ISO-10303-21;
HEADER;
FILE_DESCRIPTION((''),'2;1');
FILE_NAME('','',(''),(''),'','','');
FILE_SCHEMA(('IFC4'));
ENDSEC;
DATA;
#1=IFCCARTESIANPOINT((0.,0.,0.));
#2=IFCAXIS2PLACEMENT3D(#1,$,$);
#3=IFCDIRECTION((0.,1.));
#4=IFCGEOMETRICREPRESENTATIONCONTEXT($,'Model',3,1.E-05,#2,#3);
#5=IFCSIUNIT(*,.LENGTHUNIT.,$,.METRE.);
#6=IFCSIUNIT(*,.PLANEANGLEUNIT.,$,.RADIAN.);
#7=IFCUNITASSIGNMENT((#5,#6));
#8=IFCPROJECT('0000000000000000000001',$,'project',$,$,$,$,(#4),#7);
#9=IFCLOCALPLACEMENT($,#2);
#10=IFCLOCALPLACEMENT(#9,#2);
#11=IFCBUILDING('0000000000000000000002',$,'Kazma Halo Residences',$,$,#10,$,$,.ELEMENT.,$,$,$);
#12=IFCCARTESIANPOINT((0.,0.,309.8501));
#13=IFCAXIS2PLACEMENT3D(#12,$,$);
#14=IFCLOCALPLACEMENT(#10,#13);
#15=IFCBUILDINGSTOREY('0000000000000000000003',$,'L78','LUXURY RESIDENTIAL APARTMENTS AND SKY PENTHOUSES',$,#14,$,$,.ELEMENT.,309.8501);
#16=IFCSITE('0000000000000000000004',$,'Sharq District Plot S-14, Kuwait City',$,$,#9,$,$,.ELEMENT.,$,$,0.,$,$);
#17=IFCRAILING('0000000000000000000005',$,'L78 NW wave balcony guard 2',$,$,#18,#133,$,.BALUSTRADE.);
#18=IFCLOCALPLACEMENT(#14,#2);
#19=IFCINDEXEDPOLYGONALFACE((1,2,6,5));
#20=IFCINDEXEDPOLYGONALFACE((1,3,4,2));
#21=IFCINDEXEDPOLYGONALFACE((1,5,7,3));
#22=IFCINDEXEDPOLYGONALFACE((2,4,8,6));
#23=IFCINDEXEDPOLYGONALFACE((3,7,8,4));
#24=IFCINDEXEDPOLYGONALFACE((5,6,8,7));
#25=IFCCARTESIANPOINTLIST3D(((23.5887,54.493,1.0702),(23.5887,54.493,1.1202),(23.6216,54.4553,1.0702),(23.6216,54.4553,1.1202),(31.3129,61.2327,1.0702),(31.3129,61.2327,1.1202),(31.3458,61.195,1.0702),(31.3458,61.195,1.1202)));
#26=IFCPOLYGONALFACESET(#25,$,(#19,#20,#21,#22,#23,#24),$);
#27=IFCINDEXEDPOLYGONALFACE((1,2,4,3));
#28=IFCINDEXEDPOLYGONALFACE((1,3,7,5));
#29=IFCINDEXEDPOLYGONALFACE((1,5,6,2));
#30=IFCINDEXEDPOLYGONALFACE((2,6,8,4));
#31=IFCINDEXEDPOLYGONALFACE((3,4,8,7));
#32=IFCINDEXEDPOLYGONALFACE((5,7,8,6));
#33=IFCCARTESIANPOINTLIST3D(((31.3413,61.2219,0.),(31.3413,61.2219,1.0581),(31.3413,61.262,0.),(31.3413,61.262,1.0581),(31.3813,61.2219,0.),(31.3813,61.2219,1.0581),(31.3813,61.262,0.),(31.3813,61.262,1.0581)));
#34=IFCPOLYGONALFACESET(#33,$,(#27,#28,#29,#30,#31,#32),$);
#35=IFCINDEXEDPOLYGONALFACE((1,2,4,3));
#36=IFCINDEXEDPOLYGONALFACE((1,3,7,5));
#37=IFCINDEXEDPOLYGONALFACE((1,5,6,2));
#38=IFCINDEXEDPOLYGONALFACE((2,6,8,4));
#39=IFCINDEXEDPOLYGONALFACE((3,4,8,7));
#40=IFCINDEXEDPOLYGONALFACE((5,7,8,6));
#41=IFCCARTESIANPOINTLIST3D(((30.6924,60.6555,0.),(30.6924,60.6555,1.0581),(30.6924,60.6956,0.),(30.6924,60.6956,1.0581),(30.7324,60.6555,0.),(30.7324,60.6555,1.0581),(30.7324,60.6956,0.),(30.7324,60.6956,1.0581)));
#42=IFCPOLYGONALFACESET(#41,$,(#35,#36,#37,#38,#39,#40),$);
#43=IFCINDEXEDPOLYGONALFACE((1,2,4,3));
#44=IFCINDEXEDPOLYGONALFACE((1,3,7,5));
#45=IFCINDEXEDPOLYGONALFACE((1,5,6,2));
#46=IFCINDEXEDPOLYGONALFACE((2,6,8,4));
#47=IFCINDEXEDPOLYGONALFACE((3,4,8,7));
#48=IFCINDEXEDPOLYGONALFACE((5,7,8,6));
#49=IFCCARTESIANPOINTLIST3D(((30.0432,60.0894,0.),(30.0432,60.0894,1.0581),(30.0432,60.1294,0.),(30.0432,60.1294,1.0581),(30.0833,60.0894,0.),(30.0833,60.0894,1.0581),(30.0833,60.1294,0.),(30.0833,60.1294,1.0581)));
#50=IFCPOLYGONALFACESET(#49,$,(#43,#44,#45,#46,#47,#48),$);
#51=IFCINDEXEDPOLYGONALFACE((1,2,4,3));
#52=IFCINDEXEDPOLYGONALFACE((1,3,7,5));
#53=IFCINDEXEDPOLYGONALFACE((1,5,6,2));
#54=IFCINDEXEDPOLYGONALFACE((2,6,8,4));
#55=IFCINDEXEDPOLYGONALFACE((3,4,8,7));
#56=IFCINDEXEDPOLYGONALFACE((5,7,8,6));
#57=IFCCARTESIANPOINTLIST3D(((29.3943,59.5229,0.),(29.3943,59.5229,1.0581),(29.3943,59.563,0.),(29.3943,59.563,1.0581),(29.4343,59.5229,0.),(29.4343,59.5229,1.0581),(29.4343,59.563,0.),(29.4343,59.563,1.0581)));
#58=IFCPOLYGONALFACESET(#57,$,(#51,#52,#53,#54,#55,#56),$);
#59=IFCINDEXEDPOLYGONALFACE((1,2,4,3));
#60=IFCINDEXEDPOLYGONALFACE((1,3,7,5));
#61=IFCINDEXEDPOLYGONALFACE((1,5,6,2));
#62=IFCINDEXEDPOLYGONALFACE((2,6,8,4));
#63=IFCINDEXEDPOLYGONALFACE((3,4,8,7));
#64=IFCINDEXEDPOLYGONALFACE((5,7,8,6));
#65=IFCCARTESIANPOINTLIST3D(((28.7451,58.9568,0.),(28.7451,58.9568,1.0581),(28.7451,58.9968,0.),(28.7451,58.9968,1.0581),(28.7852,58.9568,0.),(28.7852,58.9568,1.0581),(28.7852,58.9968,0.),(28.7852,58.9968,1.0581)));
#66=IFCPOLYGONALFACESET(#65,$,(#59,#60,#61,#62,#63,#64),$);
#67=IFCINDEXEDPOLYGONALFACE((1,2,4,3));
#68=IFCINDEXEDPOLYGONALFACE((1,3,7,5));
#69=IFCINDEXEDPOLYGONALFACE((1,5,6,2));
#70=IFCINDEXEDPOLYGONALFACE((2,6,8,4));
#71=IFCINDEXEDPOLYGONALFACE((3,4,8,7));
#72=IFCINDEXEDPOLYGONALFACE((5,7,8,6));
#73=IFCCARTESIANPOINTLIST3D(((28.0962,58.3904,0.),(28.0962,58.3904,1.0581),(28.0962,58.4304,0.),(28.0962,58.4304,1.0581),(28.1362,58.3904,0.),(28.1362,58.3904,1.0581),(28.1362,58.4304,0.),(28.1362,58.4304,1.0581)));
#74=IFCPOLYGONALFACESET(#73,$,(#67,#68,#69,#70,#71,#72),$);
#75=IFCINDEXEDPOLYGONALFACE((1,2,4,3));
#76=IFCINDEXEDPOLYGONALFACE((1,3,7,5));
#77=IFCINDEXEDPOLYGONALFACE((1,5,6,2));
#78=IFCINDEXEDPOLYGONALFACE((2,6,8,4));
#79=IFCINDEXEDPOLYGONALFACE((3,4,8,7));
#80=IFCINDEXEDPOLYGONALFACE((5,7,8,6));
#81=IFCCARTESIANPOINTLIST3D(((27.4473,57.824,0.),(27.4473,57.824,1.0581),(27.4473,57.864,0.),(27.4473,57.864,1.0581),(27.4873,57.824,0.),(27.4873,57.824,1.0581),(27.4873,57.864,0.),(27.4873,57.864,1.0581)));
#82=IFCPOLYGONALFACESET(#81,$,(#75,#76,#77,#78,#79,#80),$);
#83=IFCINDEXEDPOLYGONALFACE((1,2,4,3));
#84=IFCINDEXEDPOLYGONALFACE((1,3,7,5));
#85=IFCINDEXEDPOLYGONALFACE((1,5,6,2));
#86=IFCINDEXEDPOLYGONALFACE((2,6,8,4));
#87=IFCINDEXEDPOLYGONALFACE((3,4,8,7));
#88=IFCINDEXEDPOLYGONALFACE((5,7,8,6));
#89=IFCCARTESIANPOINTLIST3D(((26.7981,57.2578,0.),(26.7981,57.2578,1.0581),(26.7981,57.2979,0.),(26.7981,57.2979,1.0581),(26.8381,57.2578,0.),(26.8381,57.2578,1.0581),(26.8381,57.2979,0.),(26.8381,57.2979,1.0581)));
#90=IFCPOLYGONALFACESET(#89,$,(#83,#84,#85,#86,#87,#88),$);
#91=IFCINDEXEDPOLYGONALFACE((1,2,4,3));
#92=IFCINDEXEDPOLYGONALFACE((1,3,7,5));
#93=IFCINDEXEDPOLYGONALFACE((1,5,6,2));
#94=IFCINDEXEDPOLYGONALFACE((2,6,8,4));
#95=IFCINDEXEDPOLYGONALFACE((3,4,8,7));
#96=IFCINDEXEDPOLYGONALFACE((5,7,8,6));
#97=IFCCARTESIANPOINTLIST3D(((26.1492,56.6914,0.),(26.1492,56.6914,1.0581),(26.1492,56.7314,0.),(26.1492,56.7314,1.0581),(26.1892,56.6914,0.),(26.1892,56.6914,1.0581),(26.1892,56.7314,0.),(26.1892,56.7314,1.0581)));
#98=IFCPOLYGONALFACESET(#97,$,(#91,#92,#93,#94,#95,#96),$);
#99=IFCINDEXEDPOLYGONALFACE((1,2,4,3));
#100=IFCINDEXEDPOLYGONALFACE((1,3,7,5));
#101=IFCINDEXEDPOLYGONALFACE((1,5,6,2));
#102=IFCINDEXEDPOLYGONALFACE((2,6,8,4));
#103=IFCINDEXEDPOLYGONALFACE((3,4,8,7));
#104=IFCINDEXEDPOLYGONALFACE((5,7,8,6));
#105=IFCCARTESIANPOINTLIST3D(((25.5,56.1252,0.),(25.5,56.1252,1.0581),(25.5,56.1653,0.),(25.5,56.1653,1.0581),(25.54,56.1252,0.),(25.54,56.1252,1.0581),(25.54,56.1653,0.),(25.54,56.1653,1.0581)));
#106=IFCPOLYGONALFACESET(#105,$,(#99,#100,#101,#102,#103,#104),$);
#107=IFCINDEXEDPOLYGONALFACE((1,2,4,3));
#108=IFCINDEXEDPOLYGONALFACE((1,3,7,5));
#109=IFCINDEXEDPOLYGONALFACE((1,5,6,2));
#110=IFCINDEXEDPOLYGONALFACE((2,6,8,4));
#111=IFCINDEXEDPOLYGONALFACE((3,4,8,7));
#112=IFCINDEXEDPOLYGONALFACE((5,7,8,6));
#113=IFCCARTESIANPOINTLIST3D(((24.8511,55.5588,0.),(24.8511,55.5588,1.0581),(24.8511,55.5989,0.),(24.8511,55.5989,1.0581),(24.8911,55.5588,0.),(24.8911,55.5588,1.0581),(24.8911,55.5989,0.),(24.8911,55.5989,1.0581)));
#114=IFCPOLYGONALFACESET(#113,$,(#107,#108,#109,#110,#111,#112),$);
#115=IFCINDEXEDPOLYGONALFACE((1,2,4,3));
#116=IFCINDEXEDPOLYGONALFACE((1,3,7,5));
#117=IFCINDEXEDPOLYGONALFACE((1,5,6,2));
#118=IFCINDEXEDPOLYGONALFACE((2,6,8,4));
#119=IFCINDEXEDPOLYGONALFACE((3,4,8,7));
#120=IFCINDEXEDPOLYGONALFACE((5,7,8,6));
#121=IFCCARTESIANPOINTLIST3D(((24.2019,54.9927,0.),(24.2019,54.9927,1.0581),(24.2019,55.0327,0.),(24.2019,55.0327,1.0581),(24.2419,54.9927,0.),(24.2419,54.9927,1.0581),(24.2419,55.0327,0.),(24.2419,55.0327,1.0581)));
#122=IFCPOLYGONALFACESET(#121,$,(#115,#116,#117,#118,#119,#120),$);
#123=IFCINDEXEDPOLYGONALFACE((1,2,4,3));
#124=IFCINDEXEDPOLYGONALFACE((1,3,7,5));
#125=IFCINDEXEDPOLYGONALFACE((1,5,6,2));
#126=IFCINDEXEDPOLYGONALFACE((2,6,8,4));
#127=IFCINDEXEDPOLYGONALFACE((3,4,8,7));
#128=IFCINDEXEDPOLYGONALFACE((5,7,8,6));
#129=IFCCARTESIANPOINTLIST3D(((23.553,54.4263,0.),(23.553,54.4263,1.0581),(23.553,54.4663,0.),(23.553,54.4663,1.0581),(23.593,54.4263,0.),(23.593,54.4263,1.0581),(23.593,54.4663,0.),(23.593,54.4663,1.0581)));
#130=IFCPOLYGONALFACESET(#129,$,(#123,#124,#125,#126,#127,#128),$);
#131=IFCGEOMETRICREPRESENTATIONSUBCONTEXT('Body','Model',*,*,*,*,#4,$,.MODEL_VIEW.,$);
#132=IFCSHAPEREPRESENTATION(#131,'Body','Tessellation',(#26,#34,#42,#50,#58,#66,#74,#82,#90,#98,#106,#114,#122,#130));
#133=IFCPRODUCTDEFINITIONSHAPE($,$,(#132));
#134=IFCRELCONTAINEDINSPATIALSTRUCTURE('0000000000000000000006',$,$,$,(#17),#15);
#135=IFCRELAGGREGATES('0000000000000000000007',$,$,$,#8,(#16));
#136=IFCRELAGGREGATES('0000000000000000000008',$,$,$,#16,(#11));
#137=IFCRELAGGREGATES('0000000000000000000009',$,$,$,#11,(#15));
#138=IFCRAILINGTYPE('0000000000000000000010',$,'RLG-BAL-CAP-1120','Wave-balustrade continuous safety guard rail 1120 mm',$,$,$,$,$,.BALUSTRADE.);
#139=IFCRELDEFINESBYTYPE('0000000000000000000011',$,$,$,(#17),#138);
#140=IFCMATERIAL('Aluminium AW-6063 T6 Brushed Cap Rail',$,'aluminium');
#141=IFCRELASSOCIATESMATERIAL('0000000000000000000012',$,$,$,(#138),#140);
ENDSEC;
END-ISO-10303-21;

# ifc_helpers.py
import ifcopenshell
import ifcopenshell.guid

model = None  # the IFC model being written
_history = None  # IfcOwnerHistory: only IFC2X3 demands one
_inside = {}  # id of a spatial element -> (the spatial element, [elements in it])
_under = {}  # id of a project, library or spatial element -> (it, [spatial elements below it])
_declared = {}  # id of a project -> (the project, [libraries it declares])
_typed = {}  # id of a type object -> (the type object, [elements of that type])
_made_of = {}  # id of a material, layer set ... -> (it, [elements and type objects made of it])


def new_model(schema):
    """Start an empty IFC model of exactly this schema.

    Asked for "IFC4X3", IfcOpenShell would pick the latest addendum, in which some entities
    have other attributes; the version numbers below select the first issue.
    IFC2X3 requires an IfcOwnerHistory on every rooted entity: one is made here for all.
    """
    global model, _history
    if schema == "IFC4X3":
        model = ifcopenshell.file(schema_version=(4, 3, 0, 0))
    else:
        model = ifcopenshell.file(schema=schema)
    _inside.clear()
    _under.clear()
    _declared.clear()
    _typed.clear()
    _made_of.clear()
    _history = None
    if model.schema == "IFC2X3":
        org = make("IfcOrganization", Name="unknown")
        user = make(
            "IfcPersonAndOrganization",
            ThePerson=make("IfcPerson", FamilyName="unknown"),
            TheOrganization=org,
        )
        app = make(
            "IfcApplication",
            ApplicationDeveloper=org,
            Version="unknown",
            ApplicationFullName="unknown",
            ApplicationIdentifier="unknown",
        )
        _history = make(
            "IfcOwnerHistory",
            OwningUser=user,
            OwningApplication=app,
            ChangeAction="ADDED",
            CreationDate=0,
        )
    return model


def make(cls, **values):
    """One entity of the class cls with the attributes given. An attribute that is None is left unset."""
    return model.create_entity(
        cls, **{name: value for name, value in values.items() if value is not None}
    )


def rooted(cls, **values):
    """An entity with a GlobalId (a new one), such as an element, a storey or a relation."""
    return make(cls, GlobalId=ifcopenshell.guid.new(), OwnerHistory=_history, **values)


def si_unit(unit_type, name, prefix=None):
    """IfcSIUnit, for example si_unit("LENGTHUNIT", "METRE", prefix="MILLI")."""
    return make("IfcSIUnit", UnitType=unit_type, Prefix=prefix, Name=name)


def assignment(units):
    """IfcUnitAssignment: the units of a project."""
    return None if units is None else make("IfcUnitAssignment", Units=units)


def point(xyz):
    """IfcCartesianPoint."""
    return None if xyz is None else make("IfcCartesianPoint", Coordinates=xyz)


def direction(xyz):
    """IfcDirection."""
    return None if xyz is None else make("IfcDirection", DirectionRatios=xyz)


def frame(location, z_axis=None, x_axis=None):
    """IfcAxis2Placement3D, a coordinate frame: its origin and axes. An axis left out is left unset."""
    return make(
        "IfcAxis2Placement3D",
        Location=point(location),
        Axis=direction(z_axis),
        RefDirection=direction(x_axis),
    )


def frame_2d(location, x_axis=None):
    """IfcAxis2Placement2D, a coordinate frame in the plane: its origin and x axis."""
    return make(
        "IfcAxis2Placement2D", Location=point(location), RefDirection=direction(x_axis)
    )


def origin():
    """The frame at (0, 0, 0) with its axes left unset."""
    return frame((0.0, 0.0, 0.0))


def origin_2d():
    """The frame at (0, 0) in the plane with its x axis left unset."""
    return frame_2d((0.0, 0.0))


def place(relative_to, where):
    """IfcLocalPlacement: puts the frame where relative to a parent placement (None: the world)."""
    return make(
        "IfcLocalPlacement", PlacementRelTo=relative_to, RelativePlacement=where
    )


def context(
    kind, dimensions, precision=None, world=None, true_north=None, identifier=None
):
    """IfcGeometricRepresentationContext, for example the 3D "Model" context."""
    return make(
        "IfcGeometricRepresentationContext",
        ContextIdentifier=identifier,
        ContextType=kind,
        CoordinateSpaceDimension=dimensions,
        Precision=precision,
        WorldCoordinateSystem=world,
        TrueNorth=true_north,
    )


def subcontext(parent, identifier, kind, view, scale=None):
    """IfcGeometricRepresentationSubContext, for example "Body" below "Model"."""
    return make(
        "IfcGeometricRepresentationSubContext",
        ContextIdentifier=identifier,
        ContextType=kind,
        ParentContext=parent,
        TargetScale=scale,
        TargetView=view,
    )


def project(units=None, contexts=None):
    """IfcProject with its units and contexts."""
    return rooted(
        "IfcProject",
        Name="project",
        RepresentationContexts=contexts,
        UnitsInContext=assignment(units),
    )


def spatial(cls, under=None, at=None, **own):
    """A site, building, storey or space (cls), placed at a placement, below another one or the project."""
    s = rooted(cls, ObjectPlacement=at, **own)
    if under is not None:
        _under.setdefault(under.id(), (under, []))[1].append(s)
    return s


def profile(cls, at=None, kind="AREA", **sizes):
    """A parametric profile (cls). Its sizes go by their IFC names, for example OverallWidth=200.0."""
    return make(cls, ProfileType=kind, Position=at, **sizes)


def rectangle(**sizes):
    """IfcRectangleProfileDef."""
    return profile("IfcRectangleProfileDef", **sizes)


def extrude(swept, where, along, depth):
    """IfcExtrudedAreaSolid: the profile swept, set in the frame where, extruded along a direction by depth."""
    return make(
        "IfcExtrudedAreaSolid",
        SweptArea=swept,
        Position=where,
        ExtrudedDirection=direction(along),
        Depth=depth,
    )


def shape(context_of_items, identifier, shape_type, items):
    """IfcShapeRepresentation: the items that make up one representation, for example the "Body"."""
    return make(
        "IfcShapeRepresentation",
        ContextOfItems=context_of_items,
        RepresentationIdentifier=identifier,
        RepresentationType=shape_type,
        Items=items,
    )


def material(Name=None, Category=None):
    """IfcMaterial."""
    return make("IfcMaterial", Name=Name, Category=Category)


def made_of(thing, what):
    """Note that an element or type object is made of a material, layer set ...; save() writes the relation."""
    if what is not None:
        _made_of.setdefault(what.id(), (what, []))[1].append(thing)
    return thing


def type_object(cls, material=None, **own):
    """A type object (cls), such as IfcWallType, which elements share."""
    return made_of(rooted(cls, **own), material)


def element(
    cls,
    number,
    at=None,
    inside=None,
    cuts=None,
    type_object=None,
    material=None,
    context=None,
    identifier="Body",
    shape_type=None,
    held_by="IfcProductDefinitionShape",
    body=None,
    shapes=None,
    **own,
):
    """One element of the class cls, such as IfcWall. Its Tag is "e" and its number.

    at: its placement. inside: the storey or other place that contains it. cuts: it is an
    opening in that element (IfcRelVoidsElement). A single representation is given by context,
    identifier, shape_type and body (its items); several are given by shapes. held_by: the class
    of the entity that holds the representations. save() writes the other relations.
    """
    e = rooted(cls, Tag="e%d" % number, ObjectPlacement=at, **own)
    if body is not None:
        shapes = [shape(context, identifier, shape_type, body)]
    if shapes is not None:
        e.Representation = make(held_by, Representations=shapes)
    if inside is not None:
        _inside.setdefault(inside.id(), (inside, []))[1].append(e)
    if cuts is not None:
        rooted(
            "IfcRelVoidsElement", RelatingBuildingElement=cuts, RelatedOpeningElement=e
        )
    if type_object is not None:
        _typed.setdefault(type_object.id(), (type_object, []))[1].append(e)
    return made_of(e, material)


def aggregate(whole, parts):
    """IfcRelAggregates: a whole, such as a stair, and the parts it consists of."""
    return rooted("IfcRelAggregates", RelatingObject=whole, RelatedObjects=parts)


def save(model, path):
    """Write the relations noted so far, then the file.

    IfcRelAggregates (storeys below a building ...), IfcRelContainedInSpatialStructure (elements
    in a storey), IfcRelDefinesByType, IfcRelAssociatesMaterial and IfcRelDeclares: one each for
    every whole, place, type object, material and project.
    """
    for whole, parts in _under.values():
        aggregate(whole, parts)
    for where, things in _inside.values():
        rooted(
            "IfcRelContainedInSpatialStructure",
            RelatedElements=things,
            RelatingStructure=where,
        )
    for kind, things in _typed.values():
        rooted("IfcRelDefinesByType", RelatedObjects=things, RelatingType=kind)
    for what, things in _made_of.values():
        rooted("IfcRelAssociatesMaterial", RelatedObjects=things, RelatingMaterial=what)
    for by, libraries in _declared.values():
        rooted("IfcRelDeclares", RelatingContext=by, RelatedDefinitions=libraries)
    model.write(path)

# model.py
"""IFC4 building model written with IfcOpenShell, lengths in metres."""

from ifc_helpers import new_model, si_unit, direction, frame, origin, origin_2d, place, context, subcontext, project, spatial, rectangle, extrude, material, type_object, element, save


model = new_model("IFC4")

# Units and contexts
model_context = context("Model", 3, precision=1e-05, world=origin(), true_north=direction((0.0, 1.0)))
body_context = subcontext(model_context, "Body", "Model", "MODEL_VIEW")
ifc_project = project(units=[si_unit("LENGTHUNIT", "METRE"), si_unit("PLANEANGLEUNIT", "RADIAN")], contexts=[model_context])

# Site, building, storey
site_placement = place(None, origin())
site = spatial("IfcSite", under=ifc_project, at=site_placement, Name="Sharq District Plot S-14, Kuwait City", CompositionType="ELEMENT", RefElevation=0.0)
building_placement = place(site_placement, origin())
building = spatial("IfcBuilding", under=site, at=building_placement, Name="Kazma Halo Residences", CompositionType="ELEMENT")
storey_placement = place(building_placement, frame((0.0, 0.0, 309.8501)))
storey = spatial("IfcBuildingStorey", under=building, at=storey_placement, Name="L78", Description="LUXURY RESIDENTIAL APARTMENTS AND SKY PENTHOUSES", CompositionType="ELEMENT", Elevation=309.8501)

# Railing
ifc_material_1 = material(Name="Aluminium AW-6063 T6 Brushed Cap Rail", Category="aluminium")
railing_type = type_object("IfcRailingType", Name="RLG-BAL-CAP-1120", Description="Wave-balustrade continuous safety guard rail 1120 mm", PredefinedType="BALUSTRADE", material=ifc_material_1)
railing_1_placement = place(storey_placement, frame((31.3613, 61.2419, 0.0)))
element("IfcRailing", 1, at=railing_1_placement, inside=storey, type_object=railing_type, Name="L78 NW wave balcony guard 2", PredefinedType="BALUSTRADE", context=body_context, shape_type="SweptSolid", body=[
    extrude(rectangle(XDim=0.05, YDim=0.05, at=origin_2d()), frame((-0.032, -0.0281, 1.0952), z_axis=(-0.753493, -0.657456, 0.0), x_axis=(0.657456, -0.753493, 0.0)), (0.0, 0.0, 1.0), 10.2512),
    extrude(rectangle(XDim=0.04, YDim=0.04, at=origin_2d()), origin(), (0.0, 0.0, 1.0), 1.0581),
    extrude(rectangle(XDim=0.04, YDim=0.04, at=origin_2d()), frame((-0.6489, -0.5664, 0.0)), (0.0, 0.0, 1.0), 1.0581),
    extrude(rectangle(XDim=0.04, YDim=0.04, at=origin_2d()), frame((-1.2981, -1.1326, 0.0)), (0.0, 0.0, 1.0), 1.0581),
    extrude(rectangle(XDim=0.04, YDim=0.04, at=origin_2d()), frame((-1.947, -1.699, 0.0)), (0.0, 0.0, 1.0), 1.0581),
    extrude(rectangle(XDim=0.04, YDim=0.04, at=origin_2d()), frame((-2.5962, -2.2651, 0.0)), (0.0, 0.0, 1.0), 1.0581),
    extrude(rectangle(XDim=0.04, YDim=0.04, at=origin_2d()), frame((-3.2451, -2.8315, 0.0)), (0.0, 0.0, 1.0), 1.0581),
    extrude(rectangle(XDim=0.04, YDim=0.04, at=origin_2d()), frame((-3.894, -3.3979, 0.0)), (0.0, 0.0, 1.0), 1.0581),
    extrude(rectangle(XDim=0.04, YDim=0.04, at=origin_2d()), frame((-4.5432, -3.9641, 0.0)), (0.0, 0.0, 1.0), 1.0581),
    extrude(rectangle(XDim=0.04, YDim=0.04, at=origin_2d()), frame((-5.1921, -4.5305, 0.0)), (0.0, 0.0, 1.0), 1.0581),
    extrude(rectangle(XDim=0.04, YDim=0.04, at=origin_2d()), frame((-5.8413, -5.0967, 0.0)), (0.0, 0.0, 1.0), 1.0581),
    extrude(rectangle(XDim=0.04, YDim=0.04, at=origin_2d()), frame((-6.4902, -5.6631, 0.0)), (0.0, 0.0, 1.0), 1.0581),
    extrude(rectangle(XDim=0.04, YDim=0.04, at=origin_2d()), frame((-7.1394, -6.2292, 0.0)), (0.0, 0.0, 1.0), 1.0581),
    extrude(rectangle(XDim=0.04, YDim=0.04, at=origin_2d()), frame((-7.7883, -6.7957, 0.0)), (0.0, 0.0, 1.0), 1.0581),
])

save(model, "model.ifc")
